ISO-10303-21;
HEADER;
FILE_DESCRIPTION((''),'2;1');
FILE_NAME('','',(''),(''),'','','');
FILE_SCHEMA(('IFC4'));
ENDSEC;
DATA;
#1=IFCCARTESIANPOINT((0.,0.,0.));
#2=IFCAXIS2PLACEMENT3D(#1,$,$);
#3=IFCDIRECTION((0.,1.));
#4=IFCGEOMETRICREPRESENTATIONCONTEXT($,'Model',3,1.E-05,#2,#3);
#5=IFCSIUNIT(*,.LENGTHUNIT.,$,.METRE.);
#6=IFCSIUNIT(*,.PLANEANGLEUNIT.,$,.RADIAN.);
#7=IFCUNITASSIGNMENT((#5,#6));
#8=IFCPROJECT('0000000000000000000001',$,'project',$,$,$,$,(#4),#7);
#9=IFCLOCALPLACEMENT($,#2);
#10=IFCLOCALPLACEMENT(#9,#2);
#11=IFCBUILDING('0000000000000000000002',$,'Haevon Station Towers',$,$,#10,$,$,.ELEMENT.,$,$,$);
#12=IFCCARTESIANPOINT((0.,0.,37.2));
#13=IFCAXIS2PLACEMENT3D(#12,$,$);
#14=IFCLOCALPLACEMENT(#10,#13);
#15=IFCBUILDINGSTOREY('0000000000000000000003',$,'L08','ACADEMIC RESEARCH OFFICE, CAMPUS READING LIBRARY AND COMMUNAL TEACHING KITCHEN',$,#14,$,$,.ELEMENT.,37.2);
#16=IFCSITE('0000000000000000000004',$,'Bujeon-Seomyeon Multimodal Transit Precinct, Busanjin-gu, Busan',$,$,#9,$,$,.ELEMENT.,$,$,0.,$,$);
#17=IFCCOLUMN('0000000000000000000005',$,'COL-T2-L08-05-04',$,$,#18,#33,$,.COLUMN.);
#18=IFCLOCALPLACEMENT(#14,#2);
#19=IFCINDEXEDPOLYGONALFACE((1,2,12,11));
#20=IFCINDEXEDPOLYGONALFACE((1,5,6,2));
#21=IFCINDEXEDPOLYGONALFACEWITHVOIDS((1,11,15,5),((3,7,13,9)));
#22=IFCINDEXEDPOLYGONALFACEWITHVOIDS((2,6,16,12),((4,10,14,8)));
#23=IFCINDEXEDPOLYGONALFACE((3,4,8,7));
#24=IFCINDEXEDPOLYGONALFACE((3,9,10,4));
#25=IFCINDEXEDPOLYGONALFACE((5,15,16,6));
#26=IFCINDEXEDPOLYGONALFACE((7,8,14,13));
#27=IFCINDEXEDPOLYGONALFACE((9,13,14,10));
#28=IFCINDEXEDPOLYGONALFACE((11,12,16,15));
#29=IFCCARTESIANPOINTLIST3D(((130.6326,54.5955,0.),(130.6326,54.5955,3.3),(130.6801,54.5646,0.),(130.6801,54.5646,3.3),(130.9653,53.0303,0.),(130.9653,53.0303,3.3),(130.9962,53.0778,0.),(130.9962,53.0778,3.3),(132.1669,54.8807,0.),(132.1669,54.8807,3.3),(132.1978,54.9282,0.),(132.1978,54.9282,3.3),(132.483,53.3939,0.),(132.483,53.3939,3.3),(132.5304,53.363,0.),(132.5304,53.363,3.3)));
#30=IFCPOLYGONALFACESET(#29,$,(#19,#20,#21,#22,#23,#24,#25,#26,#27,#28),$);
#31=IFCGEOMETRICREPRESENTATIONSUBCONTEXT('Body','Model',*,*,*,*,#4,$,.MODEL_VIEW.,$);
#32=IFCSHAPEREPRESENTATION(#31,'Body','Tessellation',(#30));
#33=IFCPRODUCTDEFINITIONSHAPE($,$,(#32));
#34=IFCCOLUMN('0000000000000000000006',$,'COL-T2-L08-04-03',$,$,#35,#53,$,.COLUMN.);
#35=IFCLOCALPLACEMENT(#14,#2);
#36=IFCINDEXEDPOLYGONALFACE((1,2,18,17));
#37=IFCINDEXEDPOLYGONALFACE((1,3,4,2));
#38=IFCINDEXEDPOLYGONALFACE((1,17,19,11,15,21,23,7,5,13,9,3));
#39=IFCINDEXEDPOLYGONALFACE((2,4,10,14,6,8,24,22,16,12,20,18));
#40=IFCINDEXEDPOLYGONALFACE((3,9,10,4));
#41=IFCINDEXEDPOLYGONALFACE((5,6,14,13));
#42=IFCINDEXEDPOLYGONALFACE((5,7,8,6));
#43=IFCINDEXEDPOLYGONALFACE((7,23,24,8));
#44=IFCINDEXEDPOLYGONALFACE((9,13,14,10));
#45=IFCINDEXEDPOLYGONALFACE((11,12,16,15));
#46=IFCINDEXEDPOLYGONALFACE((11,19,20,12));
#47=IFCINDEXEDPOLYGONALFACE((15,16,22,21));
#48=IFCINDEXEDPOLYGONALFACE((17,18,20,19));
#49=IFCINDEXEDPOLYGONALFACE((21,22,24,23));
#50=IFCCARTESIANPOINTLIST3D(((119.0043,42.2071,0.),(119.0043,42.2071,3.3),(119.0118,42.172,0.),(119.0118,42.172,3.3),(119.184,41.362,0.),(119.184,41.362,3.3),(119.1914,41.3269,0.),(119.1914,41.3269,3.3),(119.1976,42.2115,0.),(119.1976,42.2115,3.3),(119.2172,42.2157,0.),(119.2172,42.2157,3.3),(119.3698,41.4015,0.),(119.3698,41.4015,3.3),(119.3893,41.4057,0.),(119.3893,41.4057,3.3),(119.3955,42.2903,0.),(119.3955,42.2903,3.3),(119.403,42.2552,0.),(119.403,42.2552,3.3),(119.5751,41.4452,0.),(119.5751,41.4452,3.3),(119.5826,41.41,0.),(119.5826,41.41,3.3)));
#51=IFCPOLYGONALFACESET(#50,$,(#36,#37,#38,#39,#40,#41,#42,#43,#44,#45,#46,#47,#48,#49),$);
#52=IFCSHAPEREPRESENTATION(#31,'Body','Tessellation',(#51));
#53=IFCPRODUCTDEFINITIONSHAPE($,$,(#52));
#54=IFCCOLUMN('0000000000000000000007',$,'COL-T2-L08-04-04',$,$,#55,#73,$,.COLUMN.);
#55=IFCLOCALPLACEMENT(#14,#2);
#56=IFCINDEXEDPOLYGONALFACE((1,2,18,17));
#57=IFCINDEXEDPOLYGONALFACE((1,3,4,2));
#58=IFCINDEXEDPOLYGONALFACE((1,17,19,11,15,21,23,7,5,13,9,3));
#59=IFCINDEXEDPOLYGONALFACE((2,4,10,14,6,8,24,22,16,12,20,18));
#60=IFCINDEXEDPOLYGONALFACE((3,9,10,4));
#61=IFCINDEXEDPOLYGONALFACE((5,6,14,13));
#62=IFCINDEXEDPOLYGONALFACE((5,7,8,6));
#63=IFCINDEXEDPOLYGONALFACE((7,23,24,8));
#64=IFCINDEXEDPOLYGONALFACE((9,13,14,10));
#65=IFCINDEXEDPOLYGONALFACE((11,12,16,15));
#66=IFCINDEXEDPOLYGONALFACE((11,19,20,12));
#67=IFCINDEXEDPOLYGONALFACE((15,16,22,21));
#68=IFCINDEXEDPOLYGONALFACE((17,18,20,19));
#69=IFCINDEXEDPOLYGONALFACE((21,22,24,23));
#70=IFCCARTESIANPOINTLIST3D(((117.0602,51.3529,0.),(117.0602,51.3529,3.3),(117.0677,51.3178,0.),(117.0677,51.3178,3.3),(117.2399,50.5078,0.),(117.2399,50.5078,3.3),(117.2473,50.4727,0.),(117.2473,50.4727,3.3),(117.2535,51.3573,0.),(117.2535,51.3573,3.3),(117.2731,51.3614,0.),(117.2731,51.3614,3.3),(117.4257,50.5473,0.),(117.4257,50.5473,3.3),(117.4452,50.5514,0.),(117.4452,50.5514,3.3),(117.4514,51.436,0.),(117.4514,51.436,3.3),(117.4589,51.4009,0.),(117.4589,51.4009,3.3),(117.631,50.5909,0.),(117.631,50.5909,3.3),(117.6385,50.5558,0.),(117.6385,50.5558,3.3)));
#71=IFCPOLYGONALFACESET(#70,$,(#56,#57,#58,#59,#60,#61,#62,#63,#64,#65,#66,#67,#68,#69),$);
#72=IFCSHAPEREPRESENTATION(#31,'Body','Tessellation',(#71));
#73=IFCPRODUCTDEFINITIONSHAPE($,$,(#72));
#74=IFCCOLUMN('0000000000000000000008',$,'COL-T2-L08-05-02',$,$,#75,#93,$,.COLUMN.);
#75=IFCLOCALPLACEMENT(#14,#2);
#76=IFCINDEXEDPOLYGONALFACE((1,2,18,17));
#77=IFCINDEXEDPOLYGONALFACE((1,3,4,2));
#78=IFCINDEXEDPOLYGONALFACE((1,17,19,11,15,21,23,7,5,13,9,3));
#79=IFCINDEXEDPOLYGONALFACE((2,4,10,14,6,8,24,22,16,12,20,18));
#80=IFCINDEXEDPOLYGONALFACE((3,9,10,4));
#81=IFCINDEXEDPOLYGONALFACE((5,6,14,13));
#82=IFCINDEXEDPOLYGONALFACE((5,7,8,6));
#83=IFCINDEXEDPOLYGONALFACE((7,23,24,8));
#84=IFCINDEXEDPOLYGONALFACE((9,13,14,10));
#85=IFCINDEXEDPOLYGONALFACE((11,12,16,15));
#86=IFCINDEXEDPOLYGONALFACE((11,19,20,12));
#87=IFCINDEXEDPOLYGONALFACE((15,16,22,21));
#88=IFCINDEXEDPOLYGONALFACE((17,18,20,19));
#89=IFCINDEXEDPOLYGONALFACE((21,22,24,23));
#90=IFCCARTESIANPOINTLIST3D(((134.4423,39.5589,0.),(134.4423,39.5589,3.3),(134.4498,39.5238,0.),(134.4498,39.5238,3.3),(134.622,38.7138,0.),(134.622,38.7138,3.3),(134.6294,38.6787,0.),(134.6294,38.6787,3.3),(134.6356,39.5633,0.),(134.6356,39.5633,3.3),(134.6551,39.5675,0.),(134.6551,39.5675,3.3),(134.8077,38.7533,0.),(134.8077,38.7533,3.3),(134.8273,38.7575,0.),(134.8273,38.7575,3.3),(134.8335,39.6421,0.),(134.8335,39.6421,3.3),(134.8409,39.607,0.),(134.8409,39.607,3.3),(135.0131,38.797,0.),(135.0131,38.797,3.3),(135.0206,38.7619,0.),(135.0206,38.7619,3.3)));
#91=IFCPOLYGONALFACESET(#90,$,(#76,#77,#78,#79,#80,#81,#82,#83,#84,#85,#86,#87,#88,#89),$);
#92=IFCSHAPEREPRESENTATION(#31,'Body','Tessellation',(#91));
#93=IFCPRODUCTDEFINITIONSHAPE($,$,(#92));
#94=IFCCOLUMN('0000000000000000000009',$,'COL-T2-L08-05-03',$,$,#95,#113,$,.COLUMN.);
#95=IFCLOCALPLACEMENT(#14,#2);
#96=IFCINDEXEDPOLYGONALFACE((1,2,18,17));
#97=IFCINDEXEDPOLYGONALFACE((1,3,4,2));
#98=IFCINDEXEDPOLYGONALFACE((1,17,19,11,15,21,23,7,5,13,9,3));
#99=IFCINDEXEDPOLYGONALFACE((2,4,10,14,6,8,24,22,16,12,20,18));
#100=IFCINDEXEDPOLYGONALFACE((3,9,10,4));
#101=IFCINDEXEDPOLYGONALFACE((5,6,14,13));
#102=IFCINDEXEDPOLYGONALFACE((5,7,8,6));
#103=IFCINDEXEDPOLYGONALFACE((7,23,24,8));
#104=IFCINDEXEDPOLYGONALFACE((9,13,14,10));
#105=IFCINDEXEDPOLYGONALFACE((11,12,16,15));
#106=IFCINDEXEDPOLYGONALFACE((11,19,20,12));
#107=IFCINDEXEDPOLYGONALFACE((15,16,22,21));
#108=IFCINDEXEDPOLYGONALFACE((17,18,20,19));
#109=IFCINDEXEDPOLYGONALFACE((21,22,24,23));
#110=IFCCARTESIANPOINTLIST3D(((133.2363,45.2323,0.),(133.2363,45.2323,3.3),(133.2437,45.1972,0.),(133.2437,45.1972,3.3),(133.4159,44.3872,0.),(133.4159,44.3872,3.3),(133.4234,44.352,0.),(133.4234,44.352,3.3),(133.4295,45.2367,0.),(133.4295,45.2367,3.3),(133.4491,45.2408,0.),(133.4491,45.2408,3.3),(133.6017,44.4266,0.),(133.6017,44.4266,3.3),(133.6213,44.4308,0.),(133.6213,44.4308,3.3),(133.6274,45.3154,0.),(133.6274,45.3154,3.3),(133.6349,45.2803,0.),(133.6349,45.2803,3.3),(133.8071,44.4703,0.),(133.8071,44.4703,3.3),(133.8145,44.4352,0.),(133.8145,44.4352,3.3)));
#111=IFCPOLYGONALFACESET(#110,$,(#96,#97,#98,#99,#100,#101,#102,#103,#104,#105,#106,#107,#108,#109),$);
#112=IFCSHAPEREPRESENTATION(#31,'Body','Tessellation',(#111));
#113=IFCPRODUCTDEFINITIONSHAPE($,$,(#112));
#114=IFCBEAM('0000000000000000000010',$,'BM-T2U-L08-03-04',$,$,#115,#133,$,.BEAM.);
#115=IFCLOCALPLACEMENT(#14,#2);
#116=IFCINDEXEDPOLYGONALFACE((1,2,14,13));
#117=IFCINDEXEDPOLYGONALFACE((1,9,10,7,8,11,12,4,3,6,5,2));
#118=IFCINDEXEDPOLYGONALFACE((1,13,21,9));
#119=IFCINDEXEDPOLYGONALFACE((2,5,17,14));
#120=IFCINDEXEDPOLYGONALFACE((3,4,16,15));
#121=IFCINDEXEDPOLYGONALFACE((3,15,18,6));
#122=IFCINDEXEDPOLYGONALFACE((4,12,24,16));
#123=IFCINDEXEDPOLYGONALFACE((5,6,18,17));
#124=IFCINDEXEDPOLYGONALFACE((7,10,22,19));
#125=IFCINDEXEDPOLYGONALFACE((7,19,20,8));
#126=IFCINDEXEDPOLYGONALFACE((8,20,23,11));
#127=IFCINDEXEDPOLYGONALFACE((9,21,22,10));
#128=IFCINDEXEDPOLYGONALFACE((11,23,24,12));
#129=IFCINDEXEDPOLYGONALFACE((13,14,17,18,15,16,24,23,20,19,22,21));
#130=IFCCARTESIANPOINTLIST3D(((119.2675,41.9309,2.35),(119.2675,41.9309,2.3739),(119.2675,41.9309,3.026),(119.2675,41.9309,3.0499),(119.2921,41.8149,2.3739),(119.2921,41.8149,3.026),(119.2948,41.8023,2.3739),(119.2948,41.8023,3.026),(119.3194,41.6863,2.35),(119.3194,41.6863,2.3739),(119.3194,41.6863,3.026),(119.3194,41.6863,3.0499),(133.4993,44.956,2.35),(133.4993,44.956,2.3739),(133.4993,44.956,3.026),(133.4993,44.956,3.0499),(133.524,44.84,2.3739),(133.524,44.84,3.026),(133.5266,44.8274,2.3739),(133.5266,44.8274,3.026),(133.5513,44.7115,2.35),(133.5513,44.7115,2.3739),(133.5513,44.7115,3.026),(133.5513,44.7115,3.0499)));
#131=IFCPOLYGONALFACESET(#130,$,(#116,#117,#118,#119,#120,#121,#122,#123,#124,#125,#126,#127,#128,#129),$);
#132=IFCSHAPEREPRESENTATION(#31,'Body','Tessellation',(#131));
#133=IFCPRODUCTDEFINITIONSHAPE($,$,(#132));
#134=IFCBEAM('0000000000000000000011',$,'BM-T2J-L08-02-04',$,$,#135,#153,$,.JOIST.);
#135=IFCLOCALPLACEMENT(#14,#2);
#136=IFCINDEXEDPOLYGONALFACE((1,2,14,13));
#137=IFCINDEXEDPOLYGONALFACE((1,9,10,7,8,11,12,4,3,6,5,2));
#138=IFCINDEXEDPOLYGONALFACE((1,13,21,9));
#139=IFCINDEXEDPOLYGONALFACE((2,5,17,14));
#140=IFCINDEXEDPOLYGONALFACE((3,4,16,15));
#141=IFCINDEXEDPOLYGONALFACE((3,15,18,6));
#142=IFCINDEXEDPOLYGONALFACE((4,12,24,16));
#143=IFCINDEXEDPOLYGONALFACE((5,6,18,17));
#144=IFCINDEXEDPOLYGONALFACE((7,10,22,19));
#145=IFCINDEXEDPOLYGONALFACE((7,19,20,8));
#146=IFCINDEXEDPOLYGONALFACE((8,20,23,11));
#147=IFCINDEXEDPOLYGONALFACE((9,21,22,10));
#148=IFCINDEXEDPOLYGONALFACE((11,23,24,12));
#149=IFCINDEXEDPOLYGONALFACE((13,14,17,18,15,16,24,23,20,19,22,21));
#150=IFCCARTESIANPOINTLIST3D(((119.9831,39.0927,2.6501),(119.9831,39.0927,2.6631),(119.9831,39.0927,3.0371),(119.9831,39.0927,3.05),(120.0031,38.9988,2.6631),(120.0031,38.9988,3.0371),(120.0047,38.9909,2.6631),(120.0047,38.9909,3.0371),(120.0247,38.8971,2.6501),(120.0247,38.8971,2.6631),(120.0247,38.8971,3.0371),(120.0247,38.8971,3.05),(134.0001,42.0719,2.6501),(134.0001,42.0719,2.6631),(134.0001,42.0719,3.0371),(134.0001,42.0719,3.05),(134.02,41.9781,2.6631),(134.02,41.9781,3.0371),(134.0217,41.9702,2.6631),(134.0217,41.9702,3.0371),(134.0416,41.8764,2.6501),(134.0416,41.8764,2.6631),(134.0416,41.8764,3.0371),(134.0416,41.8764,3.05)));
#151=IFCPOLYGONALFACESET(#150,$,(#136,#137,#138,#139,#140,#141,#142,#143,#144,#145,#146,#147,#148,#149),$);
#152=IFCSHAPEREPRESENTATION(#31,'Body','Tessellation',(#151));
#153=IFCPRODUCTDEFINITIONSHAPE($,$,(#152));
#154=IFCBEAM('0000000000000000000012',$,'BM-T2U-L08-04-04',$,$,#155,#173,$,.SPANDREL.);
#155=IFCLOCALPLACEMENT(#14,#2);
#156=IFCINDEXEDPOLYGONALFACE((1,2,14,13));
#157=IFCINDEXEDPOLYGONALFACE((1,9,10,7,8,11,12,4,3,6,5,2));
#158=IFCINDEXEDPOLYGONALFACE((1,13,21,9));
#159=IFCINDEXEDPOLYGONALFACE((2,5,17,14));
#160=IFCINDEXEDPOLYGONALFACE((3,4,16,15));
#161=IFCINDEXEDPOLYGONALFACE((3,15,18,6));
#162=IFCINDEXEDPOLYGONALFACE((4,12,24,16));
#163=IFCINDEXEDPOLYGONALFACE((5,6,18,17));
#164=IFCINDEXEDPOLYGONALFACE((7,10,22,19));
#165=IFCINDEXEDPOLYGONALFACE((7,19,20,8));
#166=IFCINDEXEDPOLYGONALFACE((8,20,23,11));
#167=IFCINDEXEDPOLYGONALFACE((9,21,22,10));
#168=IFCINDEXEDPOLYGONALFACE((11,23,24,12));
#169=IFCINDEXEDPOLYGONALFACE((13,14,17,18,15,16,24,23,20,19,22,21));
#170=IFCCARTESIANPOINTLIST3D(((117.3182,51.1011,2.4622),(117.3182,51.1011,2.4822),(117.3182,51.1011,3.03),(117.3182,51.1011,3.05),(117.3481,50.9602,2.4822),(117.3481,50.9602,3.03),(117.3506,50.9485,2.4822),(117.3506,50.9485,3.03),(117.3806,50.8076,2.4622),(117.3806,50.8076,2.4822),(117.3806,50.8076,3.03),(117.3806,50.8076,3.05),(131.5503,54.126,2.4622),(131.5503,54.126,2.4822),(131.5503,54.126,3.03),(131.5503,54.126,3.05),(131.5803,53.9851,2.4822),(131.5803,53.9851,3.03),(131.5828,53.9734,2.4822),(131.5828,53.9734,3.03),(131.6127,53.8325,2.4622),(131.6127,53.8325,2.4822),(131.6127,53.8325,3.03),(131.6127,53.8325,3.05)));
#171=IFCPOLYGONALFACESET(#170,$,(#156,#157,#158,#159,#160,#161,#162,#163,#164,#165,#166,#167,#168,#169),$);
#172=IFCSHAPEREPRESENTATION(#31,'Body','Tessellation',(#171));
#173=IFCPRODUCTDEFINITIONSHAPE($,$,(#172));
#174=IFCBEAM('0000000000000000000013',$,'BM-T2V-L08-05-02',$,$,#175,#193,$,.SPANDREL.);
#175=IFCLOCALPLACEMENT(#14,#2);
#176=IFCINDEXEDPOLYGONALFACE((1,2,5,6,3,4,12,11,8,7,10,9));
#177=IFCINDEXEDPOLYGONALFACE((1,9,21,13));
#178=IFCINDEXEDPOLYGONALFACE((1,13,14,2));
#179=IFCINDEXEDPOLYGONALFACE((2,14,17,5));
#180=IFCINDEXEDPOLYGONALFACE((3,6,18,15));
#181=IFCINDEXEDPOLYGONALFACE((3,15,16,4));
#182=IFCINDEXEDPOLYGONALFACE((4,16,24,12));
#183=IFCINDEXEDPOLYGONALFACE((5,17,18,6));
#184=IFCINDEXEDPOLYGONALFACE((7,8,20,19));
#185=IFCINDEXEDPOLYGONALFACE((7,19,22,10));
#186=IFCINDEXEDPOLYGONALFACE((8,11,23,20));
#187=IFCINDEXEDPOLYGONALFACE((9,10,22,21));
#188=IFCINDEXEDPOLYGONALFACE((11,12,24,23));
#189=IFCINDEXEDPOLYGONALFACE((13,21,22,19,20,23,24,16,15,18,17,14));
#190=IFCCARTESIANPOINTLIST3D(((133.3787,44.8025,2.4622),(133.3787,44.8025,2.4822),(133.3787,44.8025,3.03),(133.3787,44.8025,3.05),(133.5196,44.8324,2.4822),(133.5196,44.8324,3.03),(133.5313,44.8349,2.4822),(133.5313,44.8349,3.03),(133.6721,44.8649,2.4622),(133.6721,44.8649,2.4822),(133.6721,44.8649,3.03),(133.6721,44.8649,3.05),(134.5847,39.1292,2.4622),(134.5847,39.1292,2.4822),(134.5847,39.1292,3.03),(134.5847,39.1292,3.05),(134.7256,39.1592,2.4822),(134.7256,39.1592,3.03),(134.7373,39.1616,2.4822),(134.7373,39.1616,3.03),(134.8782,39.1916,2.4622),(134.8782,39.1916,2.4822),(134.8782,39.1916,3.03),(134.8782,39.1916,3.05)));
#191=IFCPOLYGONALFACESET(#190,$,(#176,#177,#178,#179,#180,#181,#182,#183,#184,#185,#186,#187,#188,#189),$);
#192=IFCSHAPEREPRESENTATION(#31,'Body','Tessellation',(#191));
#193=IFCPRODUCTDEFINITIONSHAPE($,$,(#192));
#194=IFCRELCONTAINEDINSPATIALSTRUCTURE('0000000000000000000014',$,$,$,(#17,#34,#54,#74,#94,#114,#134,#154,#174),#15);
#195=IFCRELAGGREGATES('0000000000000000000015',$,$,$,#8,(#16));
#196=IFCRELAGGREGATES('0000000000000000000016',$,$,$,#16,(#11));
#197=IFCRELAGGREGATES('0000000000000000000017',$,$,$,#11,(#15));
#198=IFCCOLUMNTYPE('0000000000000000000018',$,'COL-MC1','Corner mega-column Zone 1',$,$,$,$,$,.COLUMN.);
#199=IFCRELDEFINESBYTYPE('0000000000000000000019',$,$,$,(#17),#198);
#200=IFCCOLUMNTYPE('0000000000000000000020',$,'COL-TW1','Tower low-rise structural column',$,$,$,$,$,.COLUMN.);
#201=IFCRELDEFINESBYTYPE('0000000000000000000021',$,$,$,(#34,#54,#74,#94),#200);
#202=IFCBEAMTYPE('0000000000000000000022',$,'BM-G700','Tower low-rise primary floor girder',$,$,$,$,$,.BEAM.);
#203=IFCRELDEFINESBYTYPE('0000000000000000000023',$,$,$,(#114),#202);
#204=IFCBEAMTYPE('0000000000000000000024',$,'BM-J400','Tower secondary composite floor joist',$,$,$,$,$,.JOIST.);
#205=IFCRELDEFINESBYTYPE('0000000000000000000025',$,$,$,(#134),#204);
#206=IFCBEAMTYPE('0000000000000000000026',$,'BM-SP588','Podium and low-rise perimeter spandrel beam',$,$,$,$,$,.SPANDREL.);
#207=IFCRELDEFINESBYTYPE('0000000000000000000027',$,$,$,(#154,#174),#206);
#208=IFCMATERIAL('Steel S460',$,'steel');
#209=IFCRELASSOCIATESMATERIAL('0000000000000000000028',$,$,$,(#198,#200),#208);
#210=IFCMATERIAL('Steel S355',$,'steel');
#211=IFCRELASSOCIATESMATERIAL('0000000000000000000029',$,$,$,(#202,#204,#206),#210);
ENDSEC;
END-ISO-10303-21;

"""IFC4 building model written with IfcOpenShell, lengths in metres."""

from ifc_helpers import new_model, si_unit, direction, frame, origin, origin_2d, place, context, subcontext, project, spatial, hollow_rectangle, i_section, extrude, material, material_profile, profile_set, type_object, element, save


model = new_model("IFC4")

# Units and contexts
model_context = context("Model", 3, precision=1e-05, world=origin(), true_north=direction((0.0, 1.0)))
body_context = subcontext(model_context, "Body", "Model", "MODEL_VIEW")
ifc_project = project(units=[si_unit("LENGTHUNIT", "METRE"), si_unit("PLANEANGLEUNIT", "RADIAN")], contexts=[model_context])

# Site, building, storey
site_placement = place(None, origin())
site = spatial("IfcSite", under=ifc_project, at=site_placement, Name="Bujeon-Seomyeon Multimodal Transit Precinct, Busanjin-gu, Busan", CompositionType="ELEMENT", RefElevation=0.0)
building_placement = place(site_placement, origin())
building = spatial("IfcBuilding", under=site, at=building_placement, Name="Haevon Station Towers", CompositionType="ELEMENT")
storey_placement = place(building_placement, frame((0.0, 0.0, 37.2)))
storey = spatial("IfcBuildingStorey", under=building, at=storey_placement, Name="L08", Description="ACADEMIC RESEARCH OFFICE, CAMPUS READING LIBRARY AND COMMUNAL TEACHING KITCHEN", CompositionType="ELEMENT", Elevation=37.2)

# Columns
ifc_material_1 = material(Name="Steel S460", Category="steel")
ifc_material_profile_1 = material_profile(ifc_material_1, hollow_rectangle(XDim=1.6001, YDim=1.6001, WallThickness=0.04, at=origin_2d()), Name="BOX-1600x1600x40")
ifc_profile_set_1 = profile_set([ifc_material_profile_1], Name="Steel S460")
column_type_1 = type_object("IfcColumnType", Name="COL-MC1", Description="Corner mega-column Zone 1", PredefinedType="COLUMN", material=ifc_profile_set_1)
column_placement = place(storey_placement, frame((131.5815, 53.9792, 0.0), z_axis=(0.0, 0.0, 1.0), x_axis=(0.978148, 0.207912, 0.0)))
element("IfcColumn", 1, at=column_placement, inside=storey, type_object=column_type_1, Name="COL-T2-L08-05-04", PredefinedType="COLUMN", context=body_context, shape_type="SweptSolid", body=[
    extrude(hollow_rectangle(XDim=1.6001, YDim=1.6001, WallThickness=0.04, at=origin_2d()), origin(), (0.0, 0.0, 1.0), 3.3),
])
ifc_material_profile_2 = material_profile(ifc_material_1, i_section(OverallWidth=0.3999, OverallDepth=0.8999, WebThickness=0.02, FlangeThickness=0.0359, at=origin_2d()), Name="H-900x400x20x36")
ifc_profile_set_2 = profile_set([ifc_material_profile_2], Name="Steel S460")
column_type_2 = type_object("IfcColumnType", Name="COL-TW1", Description="Tower low-rise structural column", PredefinedType="COLUMN", material=ifc_profile_set_2)
for number, where, z_axis, x_axis, name in (
    (2, (119.2935, 41.8086, 0.0), (0.0, 0.0, 1.0), (0.978148, 0.207912, 0.0), "COL-T2-L08-04-03"),
    (3, (117.3494, 50.9543, 0.0), (0.0, 0.0, 1.0), (0.978148, 0.207912, 0.0), "COL-T2-L08-04-04"),
    (4, (134.7314, 39.1604, 0.0), (0.0, 0.0, 1.0), (0.978148, 0.207912, 0.0), "COL-T2-L08-05-02"),
    (5, (133.5254, 44.8337, 0.0), (0.0, 0.0, 1.0), (0.978148, 0.207912, 0.0), "COL-T2-L08-05-03"),
):
    element("IfcColumn", number, at=place(storey_placement, frame(where, z_axis=z_axis, x_axis=x_axis)), inside=storey, type_object=column_type_2, Name=name, PredefinedType="COLUMN", context=body_context, shape_type="SweptSolid", body=[
        extrude(i_section(OverallWidth=0.3999, OverallDepth=0.8999, WebThickness=0.02, FlangeThickness=0.0359, at=origin_2d()), origin(), (0.0, 0.0, 1.0), 3.3),
    ])

# Beams
ifc_material_2 = material(Name="Steel S355", Category="steel")
ifc_material_profile_3 = material_profile(ifc_material_2, i_section(OverallWidth=0.25, OverallDepth=0.7, WebThickness=0.0129, FlangeThickness=0.0239, at=origin_2d()), Name="H-700x250x13x24")
ifc_profile_set_3 = profile_set([ifc_material_profile_3], Name="Steel S355")
beam_type_1 = type_object("IfcBeamType", Name="BM-G700", Description="Tower low-rise primary floor girder", PredefinedType="BEAM", material=ifc_profile_set_3)
beam_1_placement = place(storey_placement, frame((119.2935, 41.8086, 2.7), z_axis=(0.978147, 0.207915, 0.0), x_axis=(-0.207915, 0.978147, 0.0)))
element("IfcBeam", 6, at=beam_1_placement, inside=storey, type_object=beam_type_1, Name="BM-T2U-L08-03-04", PredefinedType="BEAM", context=body_context, shape_type="SweptSolid", body=[
    extrude(i_section(OverallWidth=0.25, OverallDepth=0.7, WebThickness=0.0129, FlangeThickness=0.0239, at=origin_2d()), origin(), (0.0, 0.0, 1.0), 14.5498),
])
ifc_material_profile_4 = material_profile(ifc_material_2, i_section(OverallWidth=0.2, OverallDepth=0.3999, WebThickness=0.0081, FlangeThickness=0.0129, at=origin_2d()), Name="H-400x200x8x13")
ifc_profile_set_4 = profile_set([ifc_material_profile_4], Name="Steel S355")
beam_type_2 = type_object("IfcBeamType", Name="BM-J400", Description="Tower secondary composite floor joist", PredefinedType="JOIST", material=ifc_profile_set_4)
beam_2_placement = place(storey_placement, frame((120.0039, 38.9949, 2.8501), z_axis=(0.978149, 0.207903, 0.0), x_axis=(-0.207903, 0.978149, 0.0)))
element("IfcBeam", 7, at=beam_2_placement, inside=storey, type_object=beam_type_2, Name="BM-T2J-L08-02-04", PredefinedType="JOIST", context=body_context, shape_type="SweptSolid", body=[
    extrude(i_section(OverallWidth=0.2, OverallDepth=0.3999, WebThickness=0.0081, FlangeThickness=0.0129, at=origin_2d()), origin(), (0.0, 0.0, 1.0), 14.3301),
])
ifc_material_profile_5 = material_profile(ifc_material_2, i_section(OverallWidth=0.3, OverallDepth=0.5879, WebThickness=0.012, FlangeThickness=0.02, at=origin_2d()), Name="H-588x300x12x20")
ifc_profile_set_5 = profile_set([ifc_material_profile_5], Name="Steel S355")
beam_type_3 = type_object("IfcBeamType", Name="BM-SP588", Description="Podium and low-rise perimeter spandrel beam", PredefinedType="SPANDREL", material=ifc_profile_set_5)
beam_3_placement = place(storey_placement, frame((117.3494, 50.9543, 2.7561), z_axis=(0.978151, 0.207896, 0.0), x_axis=(-0.207896, 0.978151, 0.0)))
element("IfcBeam", 8, at=beam_3_placement, inside=storey, type_object=beam_type_3, Name="BM-T2U-L08-04-04", PredefinedType="SPANDREL", context=body_context, shape_type="SweptSolid", body=[
    extrude(i_section(OverallWidth=0.3, OverallDepth=0.5879, WebThickness=0.012, FlangeThickness=0.02, at=origin_2d()), origin(), (0.0, 0.0, 1.0), 14.55),
])
beam_4_placement = place(storey_placement, frame((134.7314, 39.1604, 2.7561), z_axis=(-0.207936, 0.978142, 0.0), x_axis=(-0.978142, -0.207936, 0.0)))
element("IfcBeam", 9, at=beam_4_placement, inside=storey, type_object=beam_type_3, Name="BM-T2V-L08-05-02", PredefinedType="SPANDREL", context=body_context, shape_type="SweptSolid", body=[
    extrude(i_section(OverallWidth=0.3, OverallDepth=0.5879, WebThickness=0.012, FlangeThickness=0.02, at=origin_2d()), origin(), (0.0, 0.0, 1.0), 5.8),
])

save(model, "model.ifc")
